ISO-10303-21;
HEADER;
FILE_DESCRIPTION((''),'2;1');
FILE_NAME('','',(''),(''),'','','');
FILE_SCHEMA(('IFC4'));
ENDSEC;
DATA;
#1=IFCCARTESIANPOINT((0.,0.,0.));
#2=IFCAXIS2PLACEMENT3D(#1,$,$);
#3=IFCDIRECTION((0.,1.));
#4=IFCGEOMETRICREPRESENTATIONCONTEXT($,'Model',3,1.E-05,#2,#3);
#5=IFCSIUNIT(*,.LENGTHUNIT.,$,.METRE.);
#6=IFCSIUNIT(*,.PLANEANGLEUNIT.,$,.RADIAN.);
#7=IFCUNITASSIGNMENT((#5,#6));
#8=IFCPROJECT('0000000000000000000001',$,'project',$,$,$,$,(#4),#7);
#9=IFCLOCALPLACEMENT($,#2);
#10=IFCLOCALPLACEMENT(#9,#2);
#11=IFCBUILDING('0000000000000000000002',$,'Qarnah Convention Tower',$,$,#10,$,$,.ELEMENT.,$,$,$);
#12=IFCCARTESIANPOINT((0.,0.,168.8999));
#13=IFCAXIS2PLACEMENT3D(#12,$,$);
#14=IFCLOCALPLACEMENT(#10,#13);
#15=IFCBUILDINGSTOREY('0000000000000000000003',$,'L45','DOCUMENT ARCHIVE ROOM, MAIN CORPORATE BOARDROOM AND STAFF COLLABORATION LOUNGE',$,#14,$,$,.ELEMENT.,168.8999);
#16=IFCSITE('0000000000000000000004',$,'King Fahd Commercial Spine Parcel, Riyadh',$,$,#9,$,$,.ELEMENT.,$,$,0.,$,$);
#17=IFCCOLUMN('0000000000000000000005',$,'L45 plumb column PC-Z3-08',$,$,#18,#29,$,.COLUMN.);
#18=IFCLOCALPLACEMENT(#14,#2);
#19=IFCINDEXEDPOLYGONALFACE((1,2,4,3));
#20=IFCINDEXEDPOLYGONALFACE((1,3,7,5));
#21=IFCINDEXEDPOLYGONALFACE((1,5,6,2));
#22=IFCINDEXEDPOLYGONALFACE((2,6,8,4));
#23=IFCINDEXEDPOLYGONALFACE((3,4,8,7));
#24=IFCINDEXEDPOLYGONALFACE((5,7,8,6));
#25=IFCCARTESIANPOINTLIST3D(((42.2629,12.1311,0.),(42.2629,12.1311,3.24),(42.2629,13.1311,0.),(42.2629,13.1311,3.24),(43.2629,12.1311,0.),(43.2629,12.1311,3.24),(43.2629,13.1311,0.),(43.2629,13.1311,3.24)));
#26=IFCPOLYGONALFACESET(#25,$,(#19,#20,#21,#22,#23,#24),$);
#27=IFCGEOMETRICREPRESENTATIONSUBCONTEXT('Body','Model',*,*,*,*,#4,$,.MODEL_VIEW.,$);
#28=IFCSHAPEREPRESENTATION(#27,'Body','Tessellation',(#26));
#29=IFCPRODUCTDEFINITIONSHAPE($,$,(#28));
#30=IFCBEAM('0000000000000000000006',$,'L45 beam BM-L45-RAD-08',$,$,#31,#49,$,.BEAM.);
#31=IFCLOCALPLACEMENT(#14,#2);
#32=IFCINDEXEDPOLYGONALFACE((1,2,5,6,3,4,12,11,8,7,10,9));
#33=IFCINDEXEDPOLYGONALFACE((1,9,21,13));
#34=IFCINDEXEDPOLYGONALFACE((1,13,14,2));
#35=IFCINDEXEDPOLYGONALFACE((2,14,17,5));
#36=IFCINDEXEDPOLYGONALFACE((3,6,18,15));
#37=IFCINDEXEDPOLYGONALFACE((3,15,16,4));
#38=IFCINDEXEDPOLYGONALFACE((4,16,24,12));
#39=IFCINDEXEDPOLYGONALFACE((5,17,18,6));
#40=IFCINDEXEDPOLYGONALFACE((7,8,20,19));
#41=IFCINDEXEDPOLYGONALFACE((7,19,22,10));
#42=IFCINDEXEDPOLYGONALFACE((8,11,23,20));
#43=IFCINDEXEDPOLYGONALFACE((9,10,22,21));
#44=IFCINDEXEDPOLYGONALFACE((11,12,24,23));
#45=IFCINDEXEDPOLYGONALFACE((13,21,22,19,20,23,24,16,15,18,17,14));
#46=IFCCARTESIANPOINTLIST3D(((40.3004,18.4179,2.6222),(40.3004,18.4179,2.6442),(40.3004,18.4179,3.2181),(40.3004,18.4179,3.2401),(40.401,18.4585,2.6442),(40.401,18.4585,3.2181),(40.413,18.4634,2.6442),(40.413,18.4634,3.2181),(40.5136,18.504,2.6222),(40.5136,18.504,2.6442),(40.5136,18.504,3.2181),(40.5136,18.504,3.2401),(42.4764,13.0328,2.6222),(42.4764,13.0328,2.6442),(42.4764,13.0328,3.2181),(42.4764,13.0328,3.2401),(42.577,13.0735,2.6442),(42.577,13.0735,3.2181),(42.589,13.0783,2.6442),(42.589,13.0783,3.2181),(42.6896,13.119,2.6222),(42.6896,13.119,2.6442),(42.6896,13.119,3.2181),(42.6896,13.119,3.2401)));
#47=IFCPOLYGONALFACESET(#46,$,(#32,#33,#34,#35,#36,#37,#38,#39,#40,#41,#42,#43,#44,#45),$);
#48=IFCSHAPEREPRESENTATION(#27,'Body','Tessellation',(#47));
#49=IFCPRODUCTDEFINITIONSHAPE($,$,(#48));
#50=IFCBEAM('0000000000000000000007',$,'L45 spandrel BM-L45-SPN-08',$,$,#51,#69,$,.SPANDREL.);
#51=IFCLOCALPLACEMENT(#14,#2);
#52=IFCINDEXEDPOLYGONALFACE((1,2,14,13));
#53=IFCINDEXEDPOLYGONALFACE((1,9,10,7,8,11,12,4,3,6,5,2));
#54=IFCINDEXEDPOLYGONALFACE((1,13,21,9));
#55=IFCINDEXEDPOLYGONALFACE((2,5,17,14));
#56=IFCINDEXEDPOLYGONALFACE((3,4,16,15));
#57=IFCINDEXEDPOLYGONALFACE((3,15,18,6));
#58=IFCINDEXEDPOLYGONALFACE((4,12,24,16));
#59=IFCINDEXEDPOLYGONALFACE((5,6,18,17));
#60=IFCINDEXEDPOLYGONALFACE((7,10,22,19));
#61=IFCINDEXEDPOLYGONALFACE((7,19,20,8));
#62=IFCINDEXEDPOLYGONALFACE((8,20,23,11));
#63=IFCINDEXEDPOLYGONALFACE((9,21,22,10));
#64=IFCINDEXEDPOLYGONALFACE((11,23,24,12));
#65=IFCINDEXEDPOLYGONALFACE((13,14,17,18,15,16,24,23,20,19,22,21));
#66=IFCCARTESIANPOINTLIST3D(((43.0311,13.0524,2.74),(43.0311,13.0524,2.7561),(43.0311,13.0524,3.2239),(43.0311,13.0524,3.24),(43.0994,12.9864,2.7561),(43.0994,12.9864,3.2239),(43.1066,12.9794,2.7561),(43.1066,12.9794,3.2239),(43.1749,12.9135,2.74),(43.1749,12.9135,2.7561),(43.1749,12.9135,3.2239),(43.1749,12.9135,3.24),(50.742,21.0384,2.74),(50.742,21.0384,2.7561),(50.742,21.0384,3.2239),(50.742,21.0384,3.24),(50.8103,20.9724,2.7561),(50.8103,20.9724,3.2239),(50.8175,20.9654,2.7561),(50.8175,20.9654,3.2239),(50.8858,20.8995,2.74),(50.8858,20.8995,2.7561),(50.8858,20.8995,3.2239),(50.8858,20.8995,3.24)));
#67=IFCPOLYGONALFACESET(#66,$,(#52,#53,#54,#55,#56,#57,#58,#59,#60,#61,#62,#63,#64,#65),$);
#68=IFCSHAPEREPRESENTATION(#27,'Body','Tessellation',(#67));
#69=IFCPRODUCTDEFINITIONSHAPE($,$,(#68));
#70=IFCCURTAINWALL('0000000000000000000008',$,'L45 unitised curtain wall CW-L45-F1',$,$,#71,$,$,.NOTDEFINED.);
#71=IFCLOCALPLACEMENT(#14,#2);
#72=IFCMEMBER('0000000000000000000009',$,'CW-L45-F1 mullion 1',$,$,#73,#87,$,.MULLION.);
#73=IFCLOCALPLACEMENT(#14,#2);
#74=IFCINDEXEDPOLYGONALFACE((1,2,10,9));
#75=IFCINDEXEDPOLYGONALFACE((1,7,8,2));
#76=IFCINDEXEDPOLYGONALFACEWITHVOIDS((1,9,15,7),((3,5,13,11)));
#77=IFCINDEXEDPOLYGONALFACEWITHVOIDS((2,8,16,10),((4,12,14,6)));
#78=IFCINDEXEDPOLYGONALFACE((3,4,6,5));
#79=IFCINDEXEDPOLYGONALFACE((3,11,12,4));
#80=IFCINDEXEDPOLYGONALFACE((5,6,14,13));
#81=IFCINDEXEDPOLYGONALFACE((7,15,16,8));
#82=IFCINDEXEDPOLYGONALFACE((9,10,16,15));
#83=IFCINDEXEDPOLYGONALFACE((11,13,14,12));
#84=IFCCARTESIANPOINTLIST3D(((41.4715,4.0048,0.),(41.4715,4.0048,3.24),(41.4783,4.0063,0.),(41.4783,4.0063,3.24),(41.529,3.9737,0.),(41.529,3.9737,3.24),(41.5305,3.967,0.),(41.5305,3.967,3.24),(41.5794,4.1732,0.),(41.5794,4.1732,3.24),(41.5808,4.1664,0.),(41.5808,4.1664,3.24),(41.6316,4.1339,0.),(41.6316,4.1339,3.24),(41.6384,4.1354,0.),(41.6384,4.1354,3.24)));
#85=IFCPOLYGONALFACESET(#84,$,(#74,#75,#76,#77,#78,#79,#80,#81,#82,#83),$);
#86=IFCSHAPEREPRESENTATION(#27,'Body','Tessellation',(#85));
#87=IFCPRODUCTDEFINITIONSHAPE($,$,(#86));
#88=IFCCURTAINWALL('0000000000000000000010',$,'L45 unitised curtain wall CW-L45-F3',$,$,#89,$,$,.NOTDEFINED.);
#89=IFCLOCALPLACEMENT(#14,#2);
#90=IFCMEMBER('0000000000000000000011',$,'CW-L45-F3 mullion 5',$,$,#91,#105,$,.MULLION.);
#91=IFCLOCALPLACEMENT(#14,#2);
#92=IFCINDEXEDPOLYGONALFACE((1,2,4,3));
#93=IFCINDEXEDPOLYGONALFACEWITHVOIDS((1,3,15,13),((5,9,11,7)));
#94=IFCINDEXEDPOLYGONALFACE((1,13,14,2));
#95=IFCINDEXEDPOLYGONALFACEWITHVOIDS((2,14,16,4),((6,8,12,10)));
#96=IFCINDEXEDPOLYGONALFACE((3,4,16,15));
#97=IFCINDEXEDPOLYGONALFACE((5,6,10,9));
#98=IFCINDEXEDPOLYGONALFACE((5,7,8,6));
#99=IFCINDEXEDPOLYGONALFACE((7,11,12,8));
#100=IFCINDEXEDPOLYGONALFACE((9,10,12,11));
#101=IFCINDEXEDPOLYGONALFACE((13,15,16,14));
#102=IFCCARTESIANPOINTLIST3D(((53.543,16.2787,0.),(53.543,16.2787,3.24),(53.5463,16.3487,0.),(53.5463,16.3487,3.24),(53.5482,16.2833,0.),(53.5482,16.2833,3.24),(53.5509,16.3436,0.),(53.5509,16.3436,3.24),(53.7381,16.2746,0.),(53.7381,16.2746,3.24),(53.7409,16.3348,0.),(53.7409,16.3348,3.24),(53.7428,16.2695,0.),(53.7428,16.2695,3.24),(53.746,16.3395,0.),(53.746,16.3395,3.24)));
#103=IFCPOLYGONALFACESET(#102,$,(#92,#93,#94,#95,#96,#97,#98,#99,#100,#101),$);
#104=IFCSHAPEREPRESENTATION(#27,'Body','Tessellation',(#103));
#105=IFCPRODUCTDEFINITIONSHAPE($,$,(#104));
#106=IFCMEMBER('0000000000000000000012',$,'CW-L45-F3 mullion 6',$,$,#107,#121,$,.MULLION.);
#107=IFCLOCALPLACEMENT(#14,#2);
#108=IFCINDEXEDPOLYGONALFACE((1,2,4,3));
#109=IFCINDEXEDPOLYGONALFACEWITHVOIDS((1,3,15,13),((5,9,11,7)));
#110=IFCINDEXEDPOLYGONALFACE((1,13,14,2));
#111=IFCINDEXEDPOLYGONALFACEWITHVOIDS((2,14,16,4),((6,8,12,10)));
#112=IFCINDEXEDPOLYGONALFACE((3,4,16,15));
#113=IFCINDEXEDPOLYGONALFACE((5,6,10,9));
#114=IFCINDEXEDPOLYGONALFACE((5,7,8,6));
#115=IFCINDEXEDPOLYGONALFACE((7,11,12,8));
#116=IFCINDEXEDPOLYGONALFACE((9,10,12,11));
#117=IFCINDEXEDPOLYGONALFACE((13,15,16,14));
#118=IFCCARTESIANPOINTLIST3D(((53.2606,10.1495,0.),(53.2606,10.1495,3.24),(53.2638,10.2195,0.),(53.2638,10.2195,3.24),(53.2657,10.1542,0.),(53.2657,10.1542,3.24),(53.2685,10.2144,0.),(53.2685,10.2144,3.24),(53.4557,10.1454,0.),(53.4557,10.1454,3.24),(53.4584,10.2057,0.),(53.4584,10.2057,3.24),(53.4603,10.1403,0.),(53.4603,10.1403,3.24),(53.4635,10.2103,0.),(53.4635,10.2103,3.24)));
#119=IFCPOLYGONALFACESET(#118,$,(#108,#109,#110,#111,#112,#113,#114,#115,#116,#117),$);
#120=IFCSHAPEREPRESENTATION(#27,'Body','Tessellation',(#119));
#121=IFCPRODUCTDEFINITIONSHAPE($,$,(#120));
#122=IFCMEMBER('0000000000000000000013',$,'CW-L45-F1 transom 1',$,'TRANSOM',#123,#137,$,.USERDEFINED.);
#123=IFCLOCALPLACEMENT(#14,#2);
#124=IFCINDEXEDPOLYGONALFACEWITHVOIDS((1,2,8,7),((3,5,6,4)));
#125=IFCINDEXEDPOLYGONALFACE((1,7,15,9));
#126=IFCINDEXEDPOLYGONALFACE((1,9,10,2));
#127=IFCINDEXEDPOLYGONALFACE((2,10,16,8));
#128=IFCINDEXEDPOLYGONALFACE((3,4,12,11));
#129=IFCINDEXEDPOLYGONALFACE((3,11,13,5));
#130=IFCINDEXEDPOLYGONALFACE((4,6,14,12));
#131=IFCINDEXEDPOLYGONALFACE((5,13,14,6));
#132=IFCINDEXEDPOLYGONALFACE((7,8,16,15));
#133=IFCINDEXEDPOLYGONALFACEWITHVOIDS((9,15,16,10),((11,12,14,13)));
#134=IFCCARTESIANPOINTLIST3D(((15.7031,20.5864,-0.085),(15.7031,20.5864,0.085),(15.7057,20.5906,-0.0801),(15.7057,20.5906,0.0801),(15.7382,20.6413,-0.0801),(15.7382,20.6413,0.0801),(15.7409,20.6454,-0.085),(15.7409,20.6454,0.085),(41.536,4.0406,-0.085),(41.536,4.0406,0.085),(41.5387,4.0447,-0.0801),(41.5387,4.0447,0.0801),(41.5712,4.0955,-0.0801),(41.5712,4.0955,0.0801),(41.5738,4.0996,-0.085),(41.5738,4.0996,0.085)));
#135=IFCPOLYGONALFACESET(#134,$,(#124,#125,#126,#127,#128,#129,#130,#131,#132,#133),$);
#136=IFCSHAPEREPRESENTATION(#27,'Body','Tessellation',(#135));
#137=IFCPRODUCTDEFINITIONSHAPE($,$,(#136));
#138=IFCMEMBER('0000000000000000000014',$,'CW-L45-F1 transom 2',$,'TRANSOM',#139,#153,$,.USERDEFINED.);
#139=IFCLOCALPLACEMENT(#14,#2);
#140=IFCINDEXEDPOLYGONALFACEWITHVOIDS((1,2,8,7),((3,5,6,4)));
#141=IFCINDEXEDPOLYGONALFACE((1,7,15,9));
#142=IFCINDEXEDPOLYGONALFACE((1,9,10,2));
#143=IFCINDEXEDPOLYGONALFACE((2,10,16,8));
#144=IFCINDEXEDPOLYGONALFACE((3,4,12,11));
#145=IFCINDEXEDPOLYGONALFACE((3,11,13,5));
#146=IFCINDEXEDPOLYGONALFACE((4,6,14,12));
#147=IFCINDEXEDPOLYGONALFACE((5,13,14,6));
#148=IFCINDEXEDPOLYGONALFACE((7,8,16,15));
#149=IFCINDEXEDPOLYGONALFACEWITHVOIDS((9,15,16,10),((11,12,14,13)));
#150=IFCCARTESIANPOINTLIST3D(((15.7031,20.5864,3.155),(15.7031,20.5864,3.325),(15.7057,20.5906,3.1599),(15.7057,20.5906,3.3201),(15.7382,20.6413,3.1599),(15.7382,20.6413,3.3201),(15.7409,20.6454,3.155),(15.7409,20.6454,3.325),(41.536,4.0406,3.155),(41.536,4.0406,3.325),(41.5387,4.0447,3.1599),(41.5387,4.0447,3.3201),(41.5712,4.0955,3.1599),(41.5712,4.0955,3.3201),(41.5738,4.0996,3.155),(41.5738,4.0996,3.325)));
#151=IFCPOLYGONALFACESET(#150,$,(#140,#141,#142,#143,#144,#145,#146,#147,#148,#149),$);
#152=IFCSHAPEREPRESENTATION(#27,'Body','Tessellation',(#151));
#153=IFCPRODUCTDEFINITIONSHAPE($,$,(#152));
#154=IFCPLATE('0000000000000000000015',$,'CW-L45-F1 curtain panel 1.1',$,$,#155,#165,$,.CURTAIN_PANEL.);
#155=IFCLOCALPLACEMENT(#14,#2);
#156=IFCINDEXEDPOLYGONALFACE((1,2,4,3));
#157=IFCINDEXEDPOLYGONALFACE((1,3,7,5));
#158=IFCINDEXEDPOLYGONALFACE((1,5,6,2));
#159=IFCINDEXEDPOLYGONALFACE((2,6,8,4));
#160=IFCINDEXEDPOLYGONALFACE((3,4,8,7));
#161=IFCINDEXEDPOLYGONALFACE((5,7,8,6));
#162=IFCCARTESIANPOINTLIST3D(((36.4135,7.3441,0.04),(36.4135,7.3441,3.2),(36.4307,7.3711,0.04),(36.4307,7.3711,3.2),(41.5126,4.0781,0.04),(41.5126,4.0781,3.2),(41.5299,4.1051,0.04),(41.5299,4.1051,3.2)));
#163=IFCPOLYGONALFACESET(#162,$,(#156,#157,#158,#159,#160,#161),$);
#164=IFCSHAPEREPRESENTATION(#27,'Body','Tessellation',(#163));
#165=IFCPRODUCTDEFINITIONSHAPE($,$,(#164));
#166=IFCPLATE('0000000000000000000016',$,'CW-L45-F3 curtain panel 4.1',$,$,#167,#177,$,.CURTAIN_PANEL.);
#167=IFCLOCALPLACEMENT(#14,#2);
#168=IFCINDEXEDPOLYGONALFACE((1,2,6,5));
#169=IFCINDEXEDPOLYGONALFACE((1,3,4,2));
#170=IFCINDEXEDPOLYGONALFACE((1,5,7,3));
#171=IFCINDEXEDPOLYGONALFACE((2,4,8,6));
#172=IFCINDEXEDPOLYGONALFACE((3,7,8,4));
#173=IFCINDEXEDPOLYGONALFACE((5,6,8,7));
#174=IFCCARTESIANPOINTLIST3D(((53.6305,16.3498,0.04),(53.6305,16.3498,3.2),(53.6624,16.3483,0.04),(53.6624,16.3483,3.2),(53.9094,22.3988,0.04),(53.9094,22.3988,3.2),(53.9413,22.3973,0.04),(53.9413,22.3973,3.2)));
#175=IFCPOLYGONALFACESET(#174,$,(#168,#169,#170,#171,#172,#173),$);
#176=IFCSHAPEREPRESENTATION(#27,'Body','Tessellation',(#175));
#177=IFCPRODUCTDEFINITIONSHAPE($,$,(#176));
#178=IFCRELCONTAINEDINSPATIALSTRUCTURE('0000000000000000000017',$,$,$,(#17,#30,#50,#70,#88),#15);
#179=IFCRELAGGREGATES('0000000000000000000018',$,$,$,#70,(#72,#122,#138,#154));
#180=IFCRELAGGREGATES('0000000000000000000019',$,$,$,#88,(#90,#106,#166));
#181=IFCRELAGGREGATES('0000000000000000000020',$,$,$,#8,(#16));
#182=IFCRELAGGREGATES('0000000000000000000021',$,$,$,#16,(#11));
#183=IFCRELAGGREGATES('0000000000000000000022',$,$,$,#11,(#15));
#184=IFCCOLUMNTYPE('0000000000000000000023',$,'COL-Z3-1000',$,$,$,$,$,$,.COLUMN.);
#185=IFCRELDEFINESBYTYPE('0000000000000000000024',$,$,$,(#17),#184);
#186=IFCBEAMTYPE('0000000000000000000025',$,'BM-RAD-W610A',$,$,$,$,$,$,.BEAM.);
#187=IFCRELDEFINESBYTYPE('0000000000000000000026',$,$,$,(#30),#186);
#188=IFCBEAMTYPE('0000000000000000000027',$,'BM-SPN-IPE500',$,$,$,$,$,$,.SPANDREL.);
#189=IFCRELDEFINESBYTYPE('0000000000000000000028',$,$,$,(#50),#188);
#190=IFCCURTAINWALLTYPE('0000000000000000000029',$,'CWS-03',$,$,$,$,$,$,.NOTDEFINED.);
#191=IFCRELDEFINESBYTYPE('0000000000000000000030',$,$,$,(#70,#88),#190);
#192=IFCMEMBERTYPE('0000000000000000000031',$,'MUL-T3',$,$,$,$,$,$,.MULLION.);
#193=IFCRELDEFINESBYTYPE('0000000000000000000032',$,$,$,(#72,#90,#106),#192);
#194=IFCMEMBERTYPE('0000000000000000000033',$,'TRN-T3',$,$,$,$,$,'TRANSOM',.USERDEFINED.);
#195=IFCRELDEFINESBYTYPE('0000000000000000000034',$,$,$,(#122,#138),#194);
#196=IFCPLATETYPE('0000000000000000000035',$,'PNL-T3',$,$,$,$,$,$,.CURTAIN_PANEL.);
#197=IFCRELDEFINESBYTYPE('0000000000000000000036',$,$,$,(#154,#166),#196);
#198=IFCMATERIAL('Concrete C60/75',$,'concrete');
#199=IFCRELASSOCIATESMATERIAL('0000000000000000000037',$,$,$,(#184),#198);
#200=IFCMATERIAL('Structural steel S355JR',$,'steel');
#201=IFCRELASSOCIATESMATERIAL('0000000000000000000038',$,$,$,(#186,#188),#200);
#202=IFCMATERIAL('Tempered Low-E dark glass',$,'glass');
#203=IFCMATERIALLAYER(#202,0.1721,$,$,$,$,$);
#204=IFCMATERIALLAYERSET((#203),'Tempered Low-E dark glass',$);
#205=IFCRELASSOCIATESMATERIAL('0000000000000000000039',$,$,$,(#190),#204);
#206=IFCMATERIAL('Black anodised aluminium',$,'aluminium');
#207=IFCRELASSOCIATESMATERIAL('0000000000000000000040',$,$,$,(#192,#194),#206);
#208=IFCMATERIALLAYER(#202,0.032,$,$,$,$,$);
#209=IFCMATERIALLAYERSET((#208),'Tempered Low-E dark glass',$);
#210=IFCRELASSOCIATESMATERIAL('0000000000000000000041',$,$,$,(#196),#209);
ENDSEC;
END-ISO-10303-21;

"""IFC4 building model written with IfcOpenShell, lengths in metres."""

from ifc_helpers import new_model, si_unit, direction, frame, origin, origin_2d, place, context, subcontext, project, spatial, rectangle, hollow_rectangle, i_section, extrude, material, layer, layer_set, material_profile, profile_set, type_object, element, aggregate, save


model = new_model("IFC4")

# Units and contexts
model_context = context("Model", 3, precision=1e-05, world=origin(), true_north=direction((0.0, 1.0)))
body_context = subcontext(model_context, "Body", "Model", "MODEL_VIEW")
ifc_project = project(units=[si_unit("LENGTHUNIT", "METRE"), si_unit("PLANEANGLEUNIT", "RADIAN")], contexts=[model_context])

# Site, building, storey
site_placement = place(None, origin())
site = spatial("IfcSite", under=ifc_project, at=site_placement, Name="King Fahd Commercial Spine Parcel, Riyadh", CompositionType="ELEMENT", RefElevation=0.0)
building_placement = place(site_placement, origin())
building = spatial("IfcBuilding", under=site, at=building_placement, Name="Qarnah Convention Tower", CompositionType="ELEMENT")
storey_placement = place(building_placement, frame((0.0, 0.0, 168.8999)))
storey = spatial("IfcBuildingStorey", under=building, at=storey_placement, Name="L45", Description="DOCUMENT ARCHIVE ROOM, MAIN CORPORATE BOARDROOM AND STAFF COLLABORATION LOUNGE", CompositionType="ELEMENT", Elevation=168.8999)

# Column
ifc_material_1 = material(Name="Concrete C60/75", Category="concrete")
ifc_material_profile_1 = material_profile(ifc_material_1, rectangle(XDim=1.0, YDim=1.0, at=origin_2d()), Name="RC-COL-1000X1000")
ifc_profile_set_1 = profile_set([ifc_material_profile_1], Name="Concrete C60/75")
column_type = type_object("IfcColumnType", Name="COL-Z3-1000", PredefinedType="COLUMN", material=ifc_profile_set_1)
column_placement = place(storey_placement, frame((42.7629, 12.6311, 0.0), z_axis=(0.0, 0.0, 1.0), x_axis=(1.0, 0.0, 0.0)))
element("IfcColumn", 1, at=column_placement, inside=storey, type_object=column_type, Name="L45 plumb column PC-Z3-08", PredefinedType="COLUMN", context=body_context, shape_type="SweptSolid", body=[
    extrude(rectangle(XDim=1.0, YDim=1.0, at=origin_2d()), origin(), (0.0, 0.0, 1.0), 3.24),
])

# Beams
ifc_material_2 = material(Name="Structural steel S355JR", Category="steel")
ifc_material_profile_2 = material_profile(ifc_material_2, i_section(OverallWidth=0.23, OverallDepth=0.6179, WebThickness=0.0129, FlangeThickness=0.022, at=origin_2d()), Name="W610X140")
ifc_profile_set_2 = profile_set([ifc_material_profile_2], Name="Structural steel S355JR")
beam_type_1 = type_object("IfcBeamType", Name="BM-RAD-W610A", PredefinedType="BEAM", material=ifc_profile_set_2)
beam_1_placement = place(storey_placement, frame((40.407, 18.4609, 2.9312), z_axis=(0.374657, -0.927164, 0.0), x_axis=(0.927164, 0.374657, 0.0)))
element("IfcBeam", 2, at=beam_1_placement, inside=storey, type_object=beam_type_1, Name="L45 beam BM-L45-RAD-08", PredefinedType="BEAM", context=body_context, shape_type="SweptSolid", body=[
    extrude(i_section(OverallWidth=0.23, OverallDepth=0.6179, WebThickness=0.0129, FlangeThickness=0.022, at=origin_2d()), origin(), (0.0, 0.0, 1.0), 5.8081),
])
ifc_material_profile_3 = material_profile(ifc_material_2, i_section(OverallWidth=0.2, OverallDepth=0.5, WebThickness=0.01, FlangeThickness=0.0161, at=origin_2d()), Name="IPE500")
ifc_profile_set_3 = profile_set([ifc_material_profile_3], Name="Structural steel S355JR")
beam_type_2 = type_object("IfcBeamType", Name="BM-SPN-IPE500", PredefinedType="SPANDREL", material=ifc_profile_set_3)
beam_2_placement = place(storey_placement, frame((43.103, 12.9829, 2.99), z_axis=(0.694606, 0.719391, 0.0), x_axis=(-0.719391, 0.694606, 0.0)))
element("IfcBeam", 3, at=beam_2_placement, inside=storey, type_object=beam_type_2, Name="L45 spandrel BM-L45-SPN-08", PredefinedType="SPANDREL", context=body_context, shape_type="SweptSolid", body=[
    extrude(i_section(OverallWidth=0.2, OverallDepth=0.5, WebThickness=0.01, FlangeThickness=0.0161, at=origin_2d()), origin(), (0.0, 0.0, 1.0), 11.1011),
])

# Curtain wall, member
ifc_material_3 = material(Name="Tempered Low-E dark glass", Category="glass")
ifc_layer_1 = layer(ifc_material_3, 0.1721)
ifc_layer_set_1 = layer_set([ifc_layer_1], Name="Tempered Low-E dark glass")
curtain_wall_type = type_object("IfcCurtainWallType", Name="CWS-03", PredefinedType="NOTDEFINED", material=ifc_layer_set_1)
curtain_wall_1_placement = place(storey_placement, origin())
curtain_wall_1 = element("IfcCurtainWall", 4, at=curtain_wall_1_placement, inside=storey, type_object=curtain_wall_type, Name="L45 unitised curtain wall CW-L45-F1", PredefinedType="NOTDEFINED")
ifc_material_4 = material(Name="Black anodised aluminium", Category="aluminium")
ifc_material_profile_4 = material_profile(ifc_material_4, hollow_rectangle(XDim=0.0701, YDim=0.2, WallThickness=0.0049, at=origin_2d()), Name="MUL-70X200")
ifc_profile_set_4 = profile_set([ifc_material_profile_4], Name="Black anodised aluminium")
member_type_1 = type_object("IfcMemberType", Name="MUL-T3", PredefinedType="MULLION", material=ifc_profile_set_4)
member_1_placement = place(storey_placement, frame((41.5549, 4.0701, 0.0), z_axis=(0.0, 0.0, 1.0), x_axis=(-0.842081, 0.539352, 0.0)))
member_1 = element("IfcMember", 5, at=member_1_placement, type_object=member_type_1, Name="CW-L45-F1 mullion 1", PredefinedType="MULLION", context=body_context, shape_type="SweptSolid", body=[
    extrude(hollow_rectangle(XDim=0.0701, YDim=0.2, WallThickness=0.0049, at=origin_2d()), origin(), (0.0, 0.0, 1.0), 3.24),
])

# Curtain wall, members
curtain_wall_2_placement = place(storey_placement, origin())
curtain_wall_2 = element("IfcCurtainWall", 6, at=curtain_wall_2_placement, inside=storey, type_object=curtain_wall_type, Name="L45 unitised curtain wall CW-L45-F3", PredefinedType="NOTDEFINED")
member_2_placement = place(storey_placement, frame((53.6445, 16.3091, 0.0), z_axis=(0.0, 0.0, 1.0), x_axis=(-0.04606, -0.998939, 0.0)))
member_2 = element("IfcMember", 7, at=member_2_placement, type_object=member_type_1, Name="CW-L45-F3 mullion 5", PredefinedType="MULLION", context=body_context, shape_type="SweptSolid", body=[
    extrude(hollow_rectangle(XDim=0.0701, YDim=0.2, WallThickness=0.0049, at=origin_2d()), origin(), (0.0, 0.0, 1.0), 3.24),
])
member_3_placement = place(storey_placement, frame((53.3621, 10.1799, 0.0), z_axis=(0.0, 0.0, 1.0), x_axis=(-0.04606, -0.998939, 0.0)))
member_3 = element("IfcMember", 8, at=member_3_placement, type_object=member_type_1, Name="CW-L45-F3 mullion 6", PredefinedType="MULLION", context=body_context, shape_type="SweptSolid", body=[
    extrude(hollow_rectangle(XDim=0.0701, YDim=0.2, WallThickness=0.0049, at=origin_2d()), origin(), (0.0, 0.0, 1.0), 3.24),
])

# Members
ifc_material_profile_5 = material_profile(ifc_material_4, hollow_rectangle(XDim=0.0701, YDim=0.1699, WallThickness=0.0049, at=origin_2d()), Name="TRN-70X170")
ifc_profile_set_5 = profile_set([ifc_material_profile_5], Name="Black anodised aluminium")
member_type_2 = type_object("IfcMemberType", Name="TRN-T3", ElementType="TRANSOM", PredefinedType="USERDEFINED", material=ifc_profile_set_5)
member_4_placement = place(storey_placement, frame((41.5549, 4.0701, 0.0), z_axis=(-0.842082, 0.539349, 0.0), x_axis=(-0.539349, -0.842082, 0.0)))
member_4 = element("IfcMember", 9, at=member_4_placement, type_object=member_type_2, Name="CW-L45-F1 transom 1", ObjectType="TRANSOM", PredefinedType="USERDEFINED", context=body_context, shape_type="SweptSolid", body=[
    extrude(hollow_rectangle(XDim=0.0701, YDim=0.1699, WallThickness=0.0049, at=origin_2d()), origin(), (0.0, 0.0, 1.0), 30.6775),
])
member_5_placement = place(storey_placement, frame((41.5549, 4.0701, 3.24), z_axis=(-0.842082, 0.539349, 0.0), x_axis=(-0.539349, -0.842082, 0.0)))
member_5 = element("IfcMember", 10, at=member_5_placement, type_object=member_type_2, Name="CW-L45-F1 transom 2", ObjectType="TRANSOM", PredefinedType="USERDEFINED", context=body_context, shape_type="SweptSolid", body=[
    extrude(hollow_rectangle(XDim=0.0701, YDim=0.1699, WallThickness=0.0049, at=origin_2d()), origin(), (0.0, 0.0, 1.0), 30.6775),
])

# Plates
ifc_layer_2 = layer(ifc_material_3, 0.032)
ifc_layer_set_2 = layer_set([ifc_layer_2], Name="Tempered Low-E dark glass")
plate_type = type_object("IfcPlateType", Name="PNL-T3", PredefinedType="CURTAIN_PANEL", material=ifc_layer_set_2)
plate_1_placement = place(storey_placement, frame((38.9717, 5.7246, 0.04), z_axis=(0.0, 0.0, 1.0), x_axis=(-0.842081, 0.539352, 0.0)))
plate_1 = element("IfcPlate", 11, at=plate_1_placement, type_object=plate_type, Name="CW-L45-F1 curtain panel 1.1", PredefinedType="CURTAIN_PANEL", context=body_context, shape_type="SweptSolid", body=[
    extrude(rectangle(XDim=6.0554, YDim=0.032, at=origin_2d()), origin(), (0.0, 0.0, 1.0), 3.1599),
])
aggregate(curtain_wall_1, [member_1, member_4, member_5, plate_1])
plate_2_placement = place(storey_placement, frame((53.7859, 19.3735, 0.04), z_axis=(0.0, 0.0, 1.0), x_axis=(-0.04606, -0.998939, 0.0)))
plate_2 = element("IfcPlate", 12, at=plate_2_placement, type_object=plate_type, Name="CW-L45-F3 curtain panel 4.1", PredefinedType="CURTAIN_PANEL", context=body_context, shape_type="SweptSolid", body=[
    extrude(rectangle(XDim=6.0554, YDim=0.032, at=origin_2d()), origin(), (0.0, 0.0, 1.0), 3.1599),
])
aggregate(curtain_wall_2, [member_2, member_3, plate_2])

save(model, "model.ifc")
